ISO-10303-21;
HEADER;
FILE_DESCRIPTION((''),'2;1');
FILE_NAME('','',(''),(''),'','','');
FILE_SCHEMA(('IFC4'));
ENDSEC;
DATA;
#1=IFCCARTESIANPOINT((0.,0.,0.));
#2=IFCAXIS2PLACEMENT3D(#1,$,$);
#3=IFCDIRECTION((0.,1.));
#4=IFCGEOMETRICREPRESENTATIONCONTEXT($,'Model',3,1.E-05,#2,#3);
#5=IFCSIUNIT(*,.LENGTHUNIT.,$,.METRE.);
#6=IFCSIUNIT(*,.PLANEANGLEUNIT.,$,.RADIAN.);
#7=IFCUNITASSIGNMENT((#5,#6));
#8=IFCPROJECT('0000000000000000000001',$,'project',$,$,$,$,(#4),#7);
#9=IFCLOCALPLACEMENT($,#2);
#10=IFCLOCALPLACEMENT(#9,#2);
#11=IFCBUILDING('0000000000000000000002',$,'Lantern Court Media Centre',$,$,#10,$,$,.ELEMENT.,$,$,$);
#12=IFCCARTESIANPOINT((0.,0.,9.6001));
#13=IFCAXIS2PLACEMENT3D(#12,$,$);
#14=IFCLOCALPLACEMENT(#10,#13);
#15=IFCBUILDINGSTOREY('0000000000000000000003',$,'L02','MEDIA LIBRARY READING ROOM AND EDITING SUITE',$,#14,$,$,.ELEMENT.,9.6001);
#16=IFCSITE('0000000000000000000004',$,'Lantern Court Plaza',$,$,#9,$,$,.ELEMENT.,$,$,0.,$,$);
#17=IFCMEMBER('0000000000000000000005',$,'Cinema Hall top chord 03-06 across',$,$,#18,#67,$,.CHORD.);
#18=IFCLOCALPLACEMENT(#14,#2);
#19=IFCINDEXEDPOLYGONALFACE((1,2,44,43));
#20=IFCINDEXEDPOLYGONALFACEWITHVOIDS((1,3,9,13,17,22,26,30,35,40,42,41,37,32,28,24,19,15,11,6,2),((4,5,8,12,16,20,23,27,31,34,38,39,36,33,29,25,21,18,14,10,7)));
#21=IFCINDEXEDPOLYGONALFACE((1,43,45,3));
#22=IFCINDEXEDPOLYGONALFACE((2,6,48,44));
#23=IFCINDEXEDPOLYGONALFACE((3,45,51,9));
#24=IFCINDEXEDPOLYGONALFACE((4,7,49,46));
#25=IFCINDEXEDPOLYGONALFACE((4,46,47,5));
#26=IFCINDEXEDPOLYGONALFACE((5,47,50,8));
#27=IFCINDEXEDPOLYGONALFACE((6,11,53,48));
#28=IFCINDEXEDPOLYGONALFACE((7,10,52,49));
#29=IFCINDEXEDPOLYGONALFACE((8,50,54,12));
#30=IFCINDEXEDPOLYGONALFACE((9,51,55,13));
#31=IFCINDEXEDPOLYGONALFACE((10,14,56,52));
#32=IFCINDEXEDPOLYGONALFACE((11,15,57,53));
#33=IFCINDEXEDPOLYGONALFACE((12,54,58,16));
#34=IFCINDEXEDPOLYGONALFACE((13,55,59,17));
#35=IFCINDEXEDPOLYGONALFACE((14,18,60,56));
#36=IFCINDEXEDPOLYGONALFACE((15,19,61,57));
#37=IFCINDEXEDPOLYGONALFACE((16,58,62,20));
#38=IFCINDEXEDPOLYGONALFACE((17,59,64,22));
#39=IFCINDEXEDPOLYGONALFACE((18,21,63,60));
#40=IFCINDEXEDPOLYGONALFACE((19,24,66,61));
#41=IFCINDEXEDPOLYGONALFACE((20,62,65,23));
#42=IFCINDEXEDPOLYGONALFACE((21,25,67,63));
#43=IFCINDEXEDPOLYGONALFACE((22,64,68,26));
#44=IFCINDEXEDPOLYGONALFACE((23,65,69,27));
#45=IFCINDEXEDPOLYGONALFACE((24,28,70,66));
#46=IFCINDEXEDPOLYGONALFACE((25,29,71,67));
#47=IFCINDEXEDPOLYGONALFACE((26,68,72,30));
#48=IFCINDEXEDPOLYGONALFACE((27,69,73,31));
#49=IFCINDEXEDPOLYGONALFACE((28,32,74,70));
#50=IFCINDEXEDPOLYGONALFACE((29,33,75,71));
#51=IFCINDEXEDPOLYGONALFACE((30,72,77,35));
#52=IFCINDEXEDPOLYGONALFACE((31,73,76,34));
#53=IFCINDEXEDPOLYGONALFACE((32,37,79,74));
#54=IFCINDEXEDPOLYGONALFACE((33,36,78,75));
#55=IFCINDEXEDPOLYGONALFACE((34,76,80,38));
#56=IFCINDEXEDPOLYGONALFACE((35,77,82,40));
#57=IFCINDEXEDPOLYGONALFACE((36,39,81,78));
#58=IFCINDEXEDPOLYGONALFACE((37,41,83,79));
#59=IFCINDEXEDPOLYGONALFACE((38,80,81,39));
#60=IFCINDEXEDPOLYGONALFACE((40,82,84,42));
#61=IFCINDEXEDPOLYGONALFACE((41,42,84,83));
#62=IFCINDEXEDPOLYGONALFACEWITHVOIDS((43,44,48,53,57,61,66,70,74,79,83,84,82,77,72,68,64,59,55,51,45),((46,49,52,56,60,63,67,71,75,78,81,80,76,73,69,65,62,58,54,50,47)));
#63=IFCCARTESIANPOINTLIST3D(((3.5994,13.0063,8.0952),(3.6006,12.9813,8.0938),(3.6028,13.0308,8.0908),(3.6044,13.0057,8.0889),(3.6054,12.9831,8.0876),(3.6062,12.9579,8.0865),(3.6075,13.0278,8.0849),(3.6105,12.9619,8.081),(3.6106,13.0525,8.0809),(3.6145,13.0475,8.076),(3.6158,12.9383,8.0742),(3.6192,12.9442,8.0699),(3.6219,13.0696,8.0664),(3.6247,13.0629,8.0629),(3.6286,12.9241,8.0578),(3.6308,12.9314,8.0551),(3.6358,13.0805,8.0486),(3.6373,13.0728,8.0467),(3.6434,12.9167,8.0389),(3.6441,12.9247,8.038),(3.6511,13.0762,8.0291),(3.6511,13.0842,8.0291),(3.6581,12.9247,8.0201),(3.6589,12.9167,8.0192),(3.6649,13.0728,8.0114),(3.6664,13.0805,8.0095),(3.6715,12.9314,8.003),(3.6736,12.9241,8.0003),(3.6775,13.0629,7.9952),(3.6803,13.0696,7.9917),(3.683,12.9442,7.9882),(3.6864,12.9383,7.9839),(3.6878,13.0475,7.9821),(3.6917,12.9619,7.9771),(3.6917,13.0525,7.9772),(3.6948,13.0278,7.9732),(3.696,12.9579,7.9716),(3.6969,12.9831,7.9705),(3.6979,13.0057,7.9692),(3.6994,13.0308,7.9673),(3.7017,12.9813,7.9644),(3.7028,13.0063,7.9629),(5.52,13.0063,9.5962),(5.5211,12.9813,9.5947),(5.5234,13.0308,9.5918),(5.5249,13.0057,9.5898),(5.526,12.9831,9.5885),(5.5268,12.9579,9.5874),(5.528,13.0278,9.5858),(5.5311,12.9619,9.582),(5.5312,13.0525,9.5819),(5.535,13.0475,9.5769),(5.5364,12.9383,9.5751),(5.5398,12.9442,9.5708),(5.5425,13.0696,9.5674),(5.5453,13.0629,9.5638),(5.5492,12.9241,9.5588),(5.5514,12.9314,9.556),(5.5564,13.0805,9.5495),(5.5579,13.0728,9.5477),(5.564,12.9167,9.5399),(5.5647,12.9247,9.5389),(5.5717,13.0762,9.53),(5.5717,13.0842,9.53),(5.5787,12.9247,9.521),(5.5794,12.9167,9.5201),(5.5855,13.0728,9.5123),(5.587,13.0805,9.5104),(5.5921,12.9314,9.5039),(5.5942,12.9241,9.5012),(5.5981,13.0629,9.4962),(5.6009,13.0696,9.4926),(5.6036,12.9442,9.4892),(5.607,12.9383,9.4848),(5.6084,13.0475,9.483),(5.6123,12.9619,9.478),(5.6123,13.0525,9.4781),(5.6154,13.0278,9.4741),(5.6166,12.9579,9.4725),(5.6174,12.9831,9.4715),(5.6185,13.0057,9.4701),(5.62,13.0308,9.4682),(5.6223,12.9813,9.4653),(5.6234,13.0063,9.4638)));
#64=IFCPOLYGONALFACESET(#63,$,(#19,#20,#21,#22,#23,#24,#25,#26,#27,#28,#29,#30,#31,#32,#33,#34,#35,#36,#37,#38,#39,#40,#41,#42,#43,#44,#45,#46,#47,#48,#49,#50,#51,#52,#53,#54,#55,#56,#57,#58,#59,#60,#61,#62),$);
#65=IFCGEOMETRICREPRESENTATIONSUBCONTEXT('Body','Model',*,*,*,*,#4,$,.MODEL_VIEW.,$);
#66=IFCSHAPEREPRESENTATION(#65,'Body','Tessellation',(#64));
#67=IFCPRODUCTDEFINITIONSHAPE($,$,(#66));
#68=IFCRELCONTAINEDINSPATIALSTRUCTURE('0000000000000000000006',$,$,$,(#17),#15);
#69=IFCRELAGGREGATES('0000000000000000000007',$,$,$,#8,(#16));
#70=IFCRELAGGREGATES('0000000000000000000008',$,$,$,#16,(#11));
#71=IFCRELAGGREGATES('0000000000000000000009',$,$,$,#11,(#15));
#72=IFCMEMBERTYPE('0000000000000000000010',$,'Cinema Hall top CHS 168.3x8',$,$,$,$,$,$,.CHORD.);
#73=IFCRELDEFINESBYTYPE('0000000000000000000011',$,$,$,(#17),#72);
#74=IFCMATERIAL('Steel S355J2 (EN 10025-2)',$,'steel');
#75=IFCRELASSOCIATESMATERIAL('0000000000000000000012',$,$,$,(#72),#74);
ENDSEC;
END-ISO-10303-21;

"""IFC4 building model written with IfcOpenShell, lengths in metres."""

from ifc_helpers import new_model, si_unit, direction, frame, origin, origin_2d, place, context, subcontext, project, spatial, hollow_circle, extrude, material, material_profile, profile_set, type_object, element, save


model = new_model("IFC4")

# Units and contexts
model_context = context("Model", 3, precision=1e-05, world=origin(), true_north=direction((0.0, 1.0)))
body_context = subcontext(model_context, "Body", "Model", "MODEL_VIEW")
ifc_project = project(units=[si_unit("LENGTHUNIT", "METRE"), si_unit("PLANEANGLEUNIT", "RADIAN")], contexts=[model_context])

# Site, building, storey
site_placement = place(None, origin())
site = spatial("IfcSite", under=ifc_project, at=site_placement, Name="Lantern Court Plaza", CompositionType="ELEMENT", RefElevation=0.0)
building_placement = place(site_placement, origin())
building = spatial("IfcBuilding", under=site, at=building_placement, Name="Lantern Court Media Centre", CompositionType="ELEMENT")
storey_placement = place(building_placement, frame((0.0, 0.0, 9.6001)))
storey = spatial("IfcBuildingStorey", under=building, at=storey_placement, Name="L02", Description="MEDIA LIBRARY READING ROOM AND EDITING SUITE", CompositionType="ELEMENT", Elevation=9.6001)

# Member
ifc_material = material(Name="Steel S355J2 (EN 10025-2)", Category="steel")
ifc_material_profile_1 = material_profile(ifc_material, hollow_circle(Radius=0.0842, WallThickness=0.0081, at=origin_2d()), Name="Cinema Hall top CHS 168.3x8")
ifc_profile_set_1 = profile_set([ifc_material_profile_1], Name="Steel S355J2 (EN 10025-2)")
member_type_1 = type_object("IfcMemberType", Name="Cinema Hall top CHS 168.3x8", PredefinedType="CHORD", material=ifc_profile_set_1)
member_1_placement = place(storey_placement, frame((3.6511, 13.0, 8.0291), z_axis=(0.787932, 0.0, 0.615763), x_axis=(0.0, 1.0, 0.0)))
element("IfcMember", 1, at=member_1_placement, inside=storey, type_object=member_type_1, Name="Cinema Hall top chord 03-06 across", PredefinedType="CHORD", context=body_context, shape_type="SweptSolid", body=[
    extrude(hollow_circle(Radius=0.0842, WallThickness=0.0081, at=origin_2d()), origin(), (0.0, 0.0, 1.0), 2.4375),
])

save(model, "model.ifc")
